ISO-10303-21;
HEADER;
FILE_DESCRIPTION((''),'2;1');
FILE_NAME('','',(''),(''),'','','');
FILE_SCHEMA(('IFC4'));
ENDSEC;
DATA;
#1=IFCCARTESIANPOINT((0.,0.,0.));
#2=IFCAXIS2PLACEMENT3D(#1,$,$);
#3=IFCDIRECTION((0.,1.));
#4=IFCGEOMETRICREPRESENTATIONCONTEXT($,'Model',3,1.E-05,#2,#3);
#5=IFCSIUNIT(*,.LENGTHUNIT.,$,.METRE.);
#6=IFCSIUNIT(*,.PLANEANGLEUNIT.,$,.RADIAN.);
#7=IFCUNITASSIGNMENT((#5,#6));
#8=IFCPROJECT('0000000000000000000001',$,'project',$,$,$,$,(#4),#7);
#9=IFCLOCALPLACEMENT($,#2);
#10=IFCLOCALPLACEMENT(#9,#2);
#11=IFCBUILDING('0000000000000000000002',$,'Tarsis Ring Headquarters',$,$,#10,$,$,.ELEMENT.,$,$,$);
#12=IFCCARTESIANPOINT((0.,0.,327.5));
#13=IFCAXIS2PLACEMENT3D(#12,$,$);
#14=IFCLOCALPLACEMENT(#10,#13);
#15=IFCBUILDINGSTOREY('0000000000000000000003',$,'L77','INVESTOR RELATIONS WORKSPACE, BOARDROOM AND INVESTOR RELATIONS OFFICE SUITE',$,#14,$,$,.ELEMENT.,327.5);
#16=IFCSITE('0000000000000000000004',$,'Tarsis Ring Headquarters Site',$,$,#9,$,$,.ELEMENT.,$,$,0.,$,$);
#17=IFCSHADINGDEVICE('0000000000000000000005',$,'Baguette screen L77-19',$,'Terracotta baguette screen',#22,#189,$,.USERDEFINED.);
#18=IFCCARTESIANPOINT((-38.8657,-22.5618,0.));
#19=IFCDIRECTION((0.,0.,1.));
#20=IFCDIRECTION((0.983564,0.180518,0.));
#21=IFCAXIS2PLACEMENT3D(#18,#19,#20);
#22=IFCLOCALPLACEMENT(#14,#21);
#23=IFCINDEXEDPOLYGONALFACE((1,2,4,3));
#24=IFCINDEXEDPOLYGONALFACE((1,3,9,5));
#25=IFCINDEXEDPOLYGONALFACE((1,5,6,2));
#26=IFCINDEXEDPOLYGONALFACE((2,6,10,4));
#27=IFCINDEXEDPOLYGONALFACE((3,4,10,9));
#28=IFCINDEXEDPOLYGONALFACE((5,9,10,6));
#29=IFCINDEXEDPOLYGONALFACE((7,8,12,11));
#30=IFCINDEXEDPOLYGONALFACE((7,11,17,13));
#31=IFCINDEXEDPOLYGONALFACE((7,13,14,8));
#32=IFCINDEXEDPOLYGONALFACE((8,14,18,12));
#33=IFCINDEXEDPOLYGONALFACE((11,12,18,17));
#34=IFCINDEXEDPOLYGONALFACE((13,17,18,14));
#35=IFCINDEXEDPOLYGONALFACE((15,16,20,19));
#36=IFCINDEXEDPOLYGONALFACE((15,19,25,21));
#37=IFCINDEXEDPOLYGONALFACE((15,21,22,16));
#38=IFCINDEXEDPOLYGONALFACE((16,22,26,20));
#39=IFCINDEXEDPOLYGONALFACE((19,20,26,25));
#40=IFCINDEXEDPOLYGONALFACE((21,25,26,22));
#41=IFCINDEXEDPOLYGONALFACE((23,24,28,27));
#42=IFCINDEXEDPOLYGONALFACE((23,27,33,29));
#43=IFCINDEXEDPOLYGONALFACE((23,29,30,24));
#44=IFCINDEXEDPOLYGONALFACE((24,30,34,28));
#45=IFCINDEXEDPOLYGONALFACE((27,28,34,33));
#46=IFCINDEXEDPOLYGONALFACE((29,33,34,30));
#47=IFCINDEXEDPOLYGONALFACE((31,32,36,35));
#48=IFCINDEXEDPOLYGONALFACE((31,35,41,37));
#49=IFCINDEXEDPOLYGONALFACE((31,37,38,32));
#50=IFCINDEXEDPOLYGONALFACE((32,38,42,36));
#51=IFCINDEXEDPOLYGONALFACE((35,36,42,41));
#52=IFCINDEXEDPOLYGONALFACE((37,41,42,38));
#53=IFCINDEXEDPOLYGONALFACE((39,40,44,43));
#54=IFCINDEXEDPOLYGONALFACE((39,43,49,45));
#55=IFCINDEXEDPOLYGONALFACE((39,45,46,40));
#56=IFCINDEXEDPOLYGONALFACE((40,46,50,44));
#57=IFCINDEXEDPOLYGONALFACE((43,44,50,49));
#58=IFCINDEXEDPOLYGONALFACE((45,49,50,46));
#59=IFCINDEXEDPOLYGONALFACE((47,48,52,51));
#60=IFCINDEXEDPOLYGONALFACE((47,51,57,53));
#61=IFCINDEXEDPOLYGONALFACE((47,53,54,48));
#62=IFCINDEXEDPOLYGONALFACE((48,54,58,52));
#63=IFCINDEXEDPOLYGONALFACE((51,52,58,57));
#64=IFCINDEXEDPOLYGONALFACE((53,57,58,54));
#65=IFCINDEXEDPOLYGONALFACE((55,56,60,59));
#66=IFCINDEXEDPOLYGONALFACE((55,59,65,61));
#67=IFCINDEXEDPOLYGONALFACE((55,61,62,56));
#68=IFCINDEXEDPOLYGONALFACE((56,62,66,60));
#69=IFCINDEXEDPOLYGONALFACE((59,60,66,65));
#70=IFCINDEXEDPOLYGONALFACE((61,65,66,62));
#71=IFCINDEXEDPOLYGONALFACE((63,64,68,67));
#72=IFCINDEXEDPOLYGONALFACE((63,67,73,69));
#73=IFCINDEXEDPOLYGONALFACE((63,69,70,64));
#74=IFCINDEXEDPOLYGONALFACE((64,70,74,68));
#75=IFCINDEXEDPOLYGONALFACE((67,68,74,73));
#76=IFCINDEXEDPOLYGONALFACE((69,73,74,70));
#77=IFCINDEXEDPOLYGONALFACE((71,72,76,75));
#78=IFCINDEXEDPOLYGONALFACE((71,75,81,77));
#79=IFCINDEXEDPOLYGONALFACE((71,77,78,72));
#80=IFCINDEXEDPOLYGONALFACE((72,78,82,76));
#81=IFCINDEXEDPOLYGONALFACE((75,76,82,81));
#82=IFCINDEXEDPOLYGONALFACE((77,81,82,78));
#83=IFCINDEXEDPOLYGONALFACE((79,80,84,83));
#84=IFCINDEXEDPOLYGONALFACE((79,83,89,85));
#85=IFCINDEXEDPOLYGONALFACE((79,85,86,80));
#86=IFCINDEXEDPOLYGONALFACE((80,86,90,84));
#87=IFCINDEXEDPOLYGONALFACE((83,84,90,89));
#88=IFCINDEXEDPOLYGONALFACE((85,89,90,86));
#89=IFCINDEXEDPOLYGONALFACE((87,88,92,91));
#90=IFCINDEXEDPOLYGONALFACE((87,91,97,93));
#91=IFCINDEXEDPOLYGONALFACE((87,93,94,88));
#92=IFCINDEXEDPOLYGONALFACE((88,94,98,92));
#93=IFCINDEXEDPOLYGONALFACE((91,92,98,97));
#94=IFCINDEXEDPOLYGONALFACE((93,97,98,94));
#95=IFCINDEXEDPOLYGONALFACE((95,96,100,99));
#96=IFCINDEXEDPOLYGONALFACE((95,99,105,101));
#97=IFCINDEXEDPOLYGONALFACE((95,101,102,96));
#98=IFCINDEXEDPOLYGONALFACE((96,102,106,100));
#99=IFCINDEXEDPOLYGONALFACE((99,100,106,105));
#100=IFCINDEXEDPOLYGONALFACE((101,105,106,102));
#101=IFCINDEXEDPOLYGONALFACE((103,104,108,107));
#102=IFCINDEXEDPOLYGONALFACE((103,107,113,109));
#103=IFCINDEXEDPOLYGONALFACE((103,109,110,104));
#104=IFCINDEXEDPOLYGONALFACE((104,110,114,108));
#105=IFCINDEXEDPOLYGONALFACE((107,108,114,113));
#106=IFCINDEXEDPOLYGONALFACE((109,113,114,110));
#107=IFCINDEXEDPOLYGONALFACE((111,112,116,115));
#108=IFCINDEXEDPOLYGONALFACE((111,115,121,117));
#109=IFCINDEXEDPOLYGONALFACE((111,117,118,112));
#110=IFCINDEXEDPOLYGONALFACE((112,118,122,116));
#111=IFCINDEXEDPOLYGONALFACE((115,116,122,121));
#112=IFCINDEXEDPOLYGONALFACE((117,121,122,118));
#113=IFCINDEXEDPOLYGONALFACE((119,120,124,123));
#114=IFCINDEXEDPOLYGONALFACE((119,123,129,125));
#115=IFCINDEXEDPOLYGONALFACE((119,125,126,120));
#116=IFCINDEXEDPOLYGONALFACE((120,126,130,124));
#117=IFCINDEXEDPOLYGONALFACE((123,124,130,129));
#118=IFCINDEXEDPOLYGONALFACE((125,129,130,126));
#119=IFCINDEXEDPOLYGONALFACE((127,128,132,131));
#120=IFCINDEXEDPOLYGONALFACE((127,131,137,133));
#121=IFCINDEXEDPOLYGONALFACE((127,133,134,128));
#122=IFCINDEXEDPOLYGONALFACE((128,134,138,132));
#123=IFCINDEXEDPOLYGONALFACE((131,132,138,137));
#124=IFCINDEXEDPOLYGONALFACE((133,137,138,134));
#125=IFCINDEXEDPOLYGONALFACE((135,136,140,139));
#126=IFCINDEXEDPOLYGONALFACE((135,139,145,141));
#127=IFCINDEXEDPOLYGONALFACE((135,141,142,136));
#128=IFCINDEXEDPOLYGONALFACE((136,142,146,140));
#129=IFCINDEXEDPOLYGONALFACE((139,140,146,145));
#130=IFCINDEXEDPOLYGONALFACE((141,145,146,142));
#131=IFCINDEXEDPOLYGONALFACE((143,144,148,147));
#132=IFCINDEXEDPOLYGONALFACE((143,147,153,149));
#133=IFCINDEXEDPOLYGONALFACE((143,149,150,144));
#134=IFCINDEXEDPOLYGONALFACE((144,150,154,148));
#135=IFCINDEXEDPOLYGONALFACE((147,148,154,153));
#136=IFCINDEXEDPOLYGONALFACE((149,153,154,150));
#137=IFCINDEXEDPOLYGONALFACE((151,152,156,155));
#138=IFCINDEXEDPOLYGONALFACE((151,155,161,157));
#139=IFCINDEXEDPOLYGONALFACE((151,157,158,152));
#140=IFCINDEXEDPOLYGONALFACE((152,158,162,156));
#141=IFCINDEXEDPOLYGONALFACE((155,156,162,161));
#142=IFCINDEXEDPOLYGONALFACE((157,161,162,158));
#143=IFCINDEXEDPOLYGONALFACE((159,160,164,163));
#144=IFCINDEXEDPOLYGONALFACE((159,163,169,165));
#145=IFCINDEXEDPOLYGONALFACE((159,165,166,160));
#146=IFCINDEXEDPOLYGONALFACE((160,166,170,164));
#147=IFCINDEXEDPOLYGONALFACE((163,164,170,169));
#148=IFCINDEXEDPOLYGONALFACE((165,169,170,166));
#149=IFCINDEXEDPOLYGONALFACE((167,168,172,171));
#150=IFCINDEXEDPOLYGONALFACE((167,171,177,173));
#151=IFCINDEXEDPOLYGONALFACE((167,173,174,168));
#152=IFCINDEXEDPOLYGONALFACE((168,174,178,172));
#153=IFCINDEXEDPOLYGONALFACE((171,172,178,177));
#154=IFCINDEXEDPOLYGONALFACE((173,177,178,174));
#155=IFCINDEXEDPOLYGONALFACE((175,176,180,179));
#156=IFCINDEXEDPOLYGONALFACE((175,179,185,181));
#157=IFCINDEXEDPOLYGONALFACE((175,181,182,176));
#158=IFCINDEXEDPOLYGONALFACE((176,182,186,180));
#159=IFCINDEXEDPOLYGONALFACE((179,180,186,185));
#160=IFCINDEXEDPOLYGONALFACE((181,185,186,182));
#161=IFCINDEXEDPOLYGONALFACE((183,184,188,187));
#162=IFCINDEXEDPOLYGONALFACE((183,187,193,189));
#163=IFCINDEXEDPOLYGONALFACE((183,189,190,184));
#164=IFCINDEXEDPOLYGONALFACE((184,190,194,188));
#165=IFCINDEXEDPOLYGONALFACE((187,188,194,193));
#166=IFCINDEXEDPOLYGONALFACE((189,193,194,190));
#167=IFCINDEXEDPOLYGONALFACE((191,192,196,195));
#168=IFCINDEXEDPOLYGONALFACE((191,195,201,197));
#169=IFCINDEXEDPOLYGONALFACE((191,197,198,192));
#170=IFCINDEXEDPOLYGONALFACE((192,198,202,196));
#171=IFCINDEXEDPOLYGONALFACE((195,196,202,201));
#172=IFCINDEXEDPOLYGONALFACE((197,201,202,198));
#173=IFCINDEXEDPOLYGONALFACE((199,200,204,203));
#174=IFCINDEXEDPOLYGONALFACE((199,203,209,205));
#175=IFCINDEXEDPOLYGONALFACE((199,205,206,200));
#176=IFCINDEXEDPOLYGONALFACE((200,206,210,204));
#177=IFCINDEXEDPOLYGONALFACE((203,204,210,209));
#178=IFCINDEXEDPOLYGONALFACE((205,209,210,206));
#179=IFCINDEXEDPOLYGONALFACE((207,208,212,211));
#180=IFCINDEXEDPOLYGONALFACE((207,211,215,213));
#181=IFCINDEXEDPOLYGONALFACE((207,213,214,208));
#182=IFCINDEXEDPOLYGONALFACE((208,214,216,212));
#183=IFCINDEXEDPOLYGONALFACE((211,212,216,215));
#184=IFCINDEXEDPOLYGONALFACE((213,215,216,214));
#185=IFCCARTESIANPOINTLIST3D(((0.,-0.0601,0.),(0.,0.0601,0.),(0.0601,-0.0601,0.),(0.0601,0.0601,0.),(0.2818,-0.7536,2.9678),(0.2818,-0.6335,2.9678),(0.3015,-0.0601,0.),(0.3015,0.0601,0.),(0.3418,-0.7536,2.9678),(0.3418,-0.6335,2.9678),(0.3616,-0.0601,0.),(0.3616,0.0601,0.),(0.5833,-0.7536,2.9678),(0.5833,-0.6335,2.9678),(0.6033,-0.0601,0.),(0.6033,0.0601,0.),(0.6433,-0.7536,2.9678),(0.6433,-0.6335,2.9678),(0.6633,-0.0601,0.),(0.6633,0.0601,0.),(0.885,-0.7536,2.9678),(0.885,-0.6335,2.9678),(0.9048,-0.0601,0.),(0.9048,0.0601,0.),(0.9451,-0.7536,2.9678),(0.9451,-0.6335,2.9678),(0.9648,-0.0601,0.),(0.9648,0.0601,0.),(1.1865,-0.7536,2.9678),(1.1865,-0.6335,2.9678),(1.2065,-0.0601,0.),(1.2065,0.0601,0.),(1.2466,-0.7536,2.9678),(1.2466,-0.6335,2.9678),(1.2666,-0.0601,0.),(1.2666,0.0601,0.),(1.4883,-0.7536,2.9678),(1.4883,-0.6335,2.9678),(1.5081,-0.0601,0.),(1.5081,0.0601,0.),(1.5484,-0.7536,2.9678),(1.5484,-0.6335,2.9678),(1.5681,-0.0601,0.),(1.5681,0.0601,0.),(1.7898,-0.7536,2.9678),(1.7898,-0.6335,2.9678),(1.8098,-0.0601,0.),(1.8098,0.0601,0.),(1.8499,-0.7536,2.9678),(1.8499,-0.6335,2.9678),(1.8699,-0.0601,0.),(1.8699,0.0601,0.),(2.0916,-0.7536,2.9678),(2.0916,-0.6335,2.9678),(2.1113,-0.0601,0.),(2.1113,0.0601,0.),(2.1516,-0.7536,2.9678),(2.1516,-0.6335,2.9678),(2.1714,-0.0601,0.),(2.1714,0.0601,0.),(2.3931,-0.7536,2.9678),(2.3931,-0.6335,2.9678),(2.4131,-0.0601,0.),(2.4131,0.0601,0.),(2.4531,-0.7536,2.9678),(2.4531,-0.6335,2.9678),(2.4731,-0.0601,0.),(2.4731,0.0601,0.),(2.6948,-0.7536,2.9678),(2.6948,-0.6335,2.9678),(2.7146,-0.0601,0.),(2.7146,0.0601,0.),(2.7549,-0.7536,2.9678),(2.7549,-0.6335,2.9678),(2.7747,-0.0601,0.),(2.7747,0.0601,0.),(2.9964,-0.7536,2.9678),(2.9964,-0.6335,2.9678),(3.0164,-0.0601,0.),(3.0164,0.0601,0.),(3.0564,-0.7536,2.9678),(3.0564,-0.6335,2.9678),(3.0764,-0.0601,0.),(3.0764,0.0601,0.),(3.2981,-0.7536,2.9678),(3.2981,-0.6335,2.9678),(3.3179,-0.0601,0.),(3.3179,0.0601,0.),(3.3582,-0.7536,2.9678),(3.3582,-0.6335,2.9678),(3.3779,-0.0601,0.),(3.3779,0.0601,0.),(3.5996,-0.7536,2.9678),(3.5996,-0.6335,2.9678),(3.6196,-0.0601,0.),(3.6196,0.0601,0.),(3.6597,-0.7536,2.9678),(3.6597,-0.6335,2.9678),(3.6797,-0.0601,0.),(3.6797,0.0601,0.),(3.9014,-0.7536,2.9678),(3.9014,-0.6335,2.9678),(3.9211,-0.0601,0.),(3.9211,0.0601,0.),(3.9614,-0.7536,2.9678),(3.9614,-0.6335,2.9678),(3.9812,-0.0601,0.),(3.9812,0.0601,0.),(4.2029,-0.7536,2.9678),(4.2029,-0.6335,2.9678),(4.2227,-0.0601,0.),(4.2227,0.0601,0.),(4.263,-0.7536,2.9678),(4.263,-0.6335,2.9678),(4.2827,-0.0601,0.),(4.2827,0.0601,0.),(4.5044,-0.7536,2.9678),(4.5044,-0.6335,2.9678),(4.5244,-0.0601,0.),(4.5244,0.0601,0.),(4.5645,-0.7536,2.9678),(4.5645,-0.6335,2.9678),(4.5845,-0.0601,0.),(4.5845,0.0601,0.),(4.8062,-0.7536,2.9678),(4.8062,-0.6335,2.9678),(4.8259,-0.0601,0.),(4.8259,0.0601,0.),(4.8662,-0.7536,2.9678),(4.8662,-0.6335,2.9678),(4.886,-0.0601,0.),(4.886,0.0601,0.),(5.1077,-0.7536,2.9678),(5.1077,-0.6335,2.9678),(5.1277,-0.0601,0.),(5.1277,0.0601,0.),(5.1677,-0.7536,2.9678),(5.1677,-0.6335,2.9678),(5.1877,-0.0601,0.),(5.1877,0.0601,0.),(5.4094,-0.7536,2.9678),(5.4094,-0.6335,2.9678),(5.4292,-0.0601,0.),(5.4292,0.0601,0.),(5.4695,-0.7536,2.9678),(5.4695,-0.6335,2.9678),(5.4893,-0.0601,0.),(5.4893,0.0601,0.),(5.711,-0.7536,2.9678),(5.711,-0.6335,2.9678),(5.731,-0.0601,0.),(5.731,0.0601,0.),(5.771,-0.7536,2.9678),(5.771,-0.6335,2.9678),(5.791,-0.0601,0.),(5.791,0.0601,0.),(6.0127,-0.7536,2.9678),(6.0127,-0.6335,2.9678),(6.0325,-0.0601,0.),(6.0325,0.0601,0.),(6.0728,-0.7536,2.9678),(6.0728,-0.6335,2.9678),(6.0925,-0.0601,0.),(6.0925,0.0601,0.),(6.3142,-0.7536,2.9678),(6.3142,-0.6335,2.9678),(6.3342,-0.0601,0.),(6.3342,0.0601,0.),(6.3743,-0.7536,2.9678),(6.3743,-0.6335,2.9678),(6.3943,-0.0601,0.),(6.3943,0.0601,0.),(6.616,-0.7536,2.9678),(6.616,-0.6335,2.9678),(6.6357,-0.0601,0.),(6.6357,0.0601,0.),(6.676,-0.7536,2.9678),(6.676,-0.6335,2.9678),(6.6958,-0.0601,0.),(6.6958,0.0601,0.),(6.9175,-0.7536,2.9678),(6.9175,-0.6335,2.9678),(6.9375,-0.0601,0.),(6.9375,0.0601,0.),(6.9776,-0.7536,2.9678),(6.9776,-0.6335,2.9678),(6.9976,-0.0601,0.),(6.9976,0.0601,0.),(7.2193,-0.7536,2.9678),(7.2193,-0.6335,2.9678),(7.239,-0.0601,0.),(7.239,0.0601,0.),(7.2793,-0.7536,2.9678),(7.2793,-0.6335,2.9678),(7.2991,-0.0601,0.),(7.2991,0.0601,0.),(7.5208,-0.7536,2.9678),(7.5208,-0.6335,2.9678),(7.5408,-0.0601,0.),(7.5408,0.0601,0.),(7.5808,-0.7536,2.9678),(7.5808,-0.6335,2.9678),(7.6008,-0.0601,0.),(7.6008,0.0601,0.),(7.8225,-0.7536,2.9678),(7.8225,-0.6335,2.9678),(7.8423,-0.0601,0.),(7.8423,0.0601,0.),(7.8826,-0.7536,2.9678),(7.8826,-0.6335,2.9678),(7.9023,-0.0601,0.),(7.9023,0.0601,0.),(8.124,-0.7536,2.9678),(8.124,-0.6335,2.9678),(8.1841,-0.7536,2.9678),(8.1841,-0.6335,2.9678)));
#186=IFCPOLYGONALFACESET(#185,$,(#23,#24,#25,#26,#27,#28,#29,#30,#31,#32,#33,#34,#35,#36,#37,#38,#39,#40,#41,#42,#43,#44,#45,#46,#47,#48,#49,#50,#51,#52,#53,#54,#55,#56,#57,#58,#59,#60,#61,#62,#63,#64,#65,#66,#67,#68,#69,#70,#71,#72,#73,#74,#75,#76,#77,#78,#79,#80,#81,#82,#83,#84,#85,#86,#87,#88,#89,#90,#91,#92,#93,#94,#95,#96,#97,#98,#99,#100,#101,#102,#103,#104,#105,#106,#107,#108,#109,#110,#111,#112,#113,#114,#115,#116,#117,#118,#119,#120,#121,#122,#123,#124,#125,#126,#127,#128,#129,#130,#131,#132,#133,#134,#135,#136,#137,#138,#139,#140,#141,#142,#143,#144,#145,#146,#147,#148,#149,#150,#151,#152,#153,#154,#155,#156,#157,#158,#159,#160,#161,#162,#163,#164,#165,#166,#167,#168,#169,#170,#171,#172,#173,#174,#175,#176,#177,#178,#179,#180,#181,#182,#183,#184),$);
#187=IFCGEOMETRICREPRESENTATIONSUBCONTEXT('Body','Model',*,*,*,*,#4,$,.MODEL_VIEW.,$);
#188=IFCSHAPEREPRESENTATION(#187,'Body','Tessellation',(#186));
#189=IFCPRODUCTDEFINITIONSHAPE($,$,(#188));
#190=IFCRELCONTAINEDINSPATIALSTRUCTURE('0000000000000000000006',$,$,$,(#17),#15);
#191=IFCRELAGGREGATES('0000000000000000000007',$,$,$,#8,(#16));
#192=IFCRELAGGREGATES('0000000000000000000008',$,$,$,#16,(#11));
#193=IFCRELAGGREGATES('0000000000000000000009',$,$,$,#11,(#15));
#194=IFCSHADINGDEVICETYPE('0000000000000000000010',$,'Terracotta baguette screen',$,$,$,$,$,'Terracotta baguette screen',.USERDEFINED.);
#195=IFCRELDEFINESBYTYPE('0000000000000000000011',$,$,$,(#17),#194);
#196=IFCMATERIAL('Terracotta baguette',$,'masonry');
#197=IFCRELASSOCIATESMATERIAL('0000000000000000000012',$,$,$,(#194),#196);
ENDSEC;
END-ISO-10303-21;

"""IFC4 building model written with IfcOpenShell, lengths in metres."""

from ifc_helpers import new_model, si_unit, direction, frame, frame_2d, origin, place, context, subcontext, project, spatial, rectangle, composite_profile, extrude, material, type_object, element, save


model = new_model("IFC4")

# Units and contexts
model_context = context("Model", 3, precision=1e-05, world=origin(), true_north=direction((0.0, 1.0)))
body_context = subcontext(model_context, "Body", "Model", "MODEL_VIEW")
ifc_project = project(units=[si_unit("LENGTHUNIT", "METRE"), si_unit("PLANEANGLEUNIT", "RADIAN")], contexts=[model_context])

# Site, building, storey
site_placement = place(None, origin())
site = spatial("IfcSite", under=ifc_project, at=site_placement, Name="Tarsis Ring Headquarters Site", CompositionType="ELEMENT", RefElevation=0.0)
building_placement = place(site_placement, origin())
building = spatial("IfcBuilding", under=site, at=building_placement, Name="Tarsis Ring Headquarters", CompositionType="ELEMENT")
storey_placement = place(building_placement, frame((0.0, 0.0, 327.5)))
storey = spatial("IfcBuildingStorey", under=building, at=storey_placement, Name="L77", Description="INVESTOR RELATIONS WORKSPACE, BOARDROOM AND INVESTOR RELATIONS OFFICE SUITE", CompositionType="ELEMENT", Elevation=327.5)

# Shading device
ifc_material_1 = material(Name="Terracotta baguette", Category="masonry")
shading_device_type_1 = type_object("IfcShadingDeviceType", Name="Terracotta baguette screen", ElementType="Terracotta baguette screen", PredefinedType="USERDEFINED", material=ifc_material_1)
shading_device_1_placement = place(storey_placement, frame((-38.8657, -22.5618, 0.0), z_axis=(0.0, 0.0, 1.0), x_axis=(0.983564, 0.180518, 0.0)))
element("IfcShadingDevice", 1, at=shading_device_1_placement, inside=storey, type_object=shading_device_type_1, Name="Baguette screen L77-19", ObjectType="Terracotta baguette screen", PredefinedType="USERDEFINED", context=body_context, shape_type="SweptSolid", body=[
    extrude(composite_profile([rectangle(XDim=0.0601, YDim=0.1201, at=frame_2d((0.03, 0.0))), rectangle(XDim=0.0601, YDim=0.1201, at=frame_2d((0.3315, 0.0))), rectangle(XDim=0.0601, YDim=0.1201, at=frame_2d((0.6333, 0.0))), rectangle(XDim=0.0601, YDim=0.1201, at=frame_2d((0.9348, 0.0))), rectangle(XDim=0.0601, YDim=0.1201, at=frame_2d((1.2366, 0.0))), rectangle(XDim=0.0601, YDim=0.1201, at=frame_2d((1.5381, 0.0))), rectangle(XDim=0.0601, YDim=0.1201, at=frame_2d((1.8398, 0.0))), rectangle(XDim=0.0601, YDim=0.1201, at=frame_2d((2.1414, 0.0))), rectangle(XDim=0.0601, YDim=0.1201, at=frame_2d((2.4431, 0.0))), rectangle(XDim=0.0601, YDim=0.1201, at=frame_2d((2.7446, 0.0))), rectangle(XDim=0.0601, YDim=0.1201, at=frame_2d((3.0464, 0.0))), rectangle(XDim=0.0601, YDim=0.1201, at=frame_2d((3.3479, 0.0))), rectangle(XDim=0.0601, YDim=0.1201, at=frame_2d((3.6497, 0.0))), rectangle(XDim=0.0601, YDim=0.1201, at=frame_2d((3.9512, 0.0))), rectangle(XDim=0.0601, YDim=0.1201, at=frame_2d((4.2527, 0.0))), rectangle(XDim=0.0601, YDim=0.1201, at=frame_2d((4.5544, 0.0))), rectangle(XDim=0.0601, YDim=0.1201, at=frame_2d((4.856, 0.0))), rectangle(XDim=0.0601, YDim=0.1201, at=frame_2d((5.1577, 0.0))), rectangle(XDim=0.0601, YDim=0.1201, at=frame_2d((5.4592, 0.0))), rectangle(XDim=0.0601, YDim=0.1201, at=frame_2d((5.761, 0.0))), rectangle(XDim=0.0601, YDim=0.1201, at=frame_2d((6.0625, 0.0))), rectangle(XDim=0.0601, YDim=0.1201, at=frame_2d((6.3643, 0.0))), rectangle(XDim=0.0601, YDim=0.1201, at=frame_2d((6.6658, 0.0))), rectangle(XDim=0.0601, YDim=0.1201, at=frame_2d((6.9675, 0.0))), rectangle(XDim=0.0601, YDim=0.1201, at=frame_2d((7.269, 0.0))), rectangle(XDim=0.0601, YDim=0.1201, at=frame_2d((7.5708, 0.0))), rectangle(XDim=0.0601, YDim=0.1201, at=frame_2d((7.8723, 0.0)))]), origin(), (0.092053, -0.226594, 0.96963), 3.0608),
])

save(model, "model.ifc")
